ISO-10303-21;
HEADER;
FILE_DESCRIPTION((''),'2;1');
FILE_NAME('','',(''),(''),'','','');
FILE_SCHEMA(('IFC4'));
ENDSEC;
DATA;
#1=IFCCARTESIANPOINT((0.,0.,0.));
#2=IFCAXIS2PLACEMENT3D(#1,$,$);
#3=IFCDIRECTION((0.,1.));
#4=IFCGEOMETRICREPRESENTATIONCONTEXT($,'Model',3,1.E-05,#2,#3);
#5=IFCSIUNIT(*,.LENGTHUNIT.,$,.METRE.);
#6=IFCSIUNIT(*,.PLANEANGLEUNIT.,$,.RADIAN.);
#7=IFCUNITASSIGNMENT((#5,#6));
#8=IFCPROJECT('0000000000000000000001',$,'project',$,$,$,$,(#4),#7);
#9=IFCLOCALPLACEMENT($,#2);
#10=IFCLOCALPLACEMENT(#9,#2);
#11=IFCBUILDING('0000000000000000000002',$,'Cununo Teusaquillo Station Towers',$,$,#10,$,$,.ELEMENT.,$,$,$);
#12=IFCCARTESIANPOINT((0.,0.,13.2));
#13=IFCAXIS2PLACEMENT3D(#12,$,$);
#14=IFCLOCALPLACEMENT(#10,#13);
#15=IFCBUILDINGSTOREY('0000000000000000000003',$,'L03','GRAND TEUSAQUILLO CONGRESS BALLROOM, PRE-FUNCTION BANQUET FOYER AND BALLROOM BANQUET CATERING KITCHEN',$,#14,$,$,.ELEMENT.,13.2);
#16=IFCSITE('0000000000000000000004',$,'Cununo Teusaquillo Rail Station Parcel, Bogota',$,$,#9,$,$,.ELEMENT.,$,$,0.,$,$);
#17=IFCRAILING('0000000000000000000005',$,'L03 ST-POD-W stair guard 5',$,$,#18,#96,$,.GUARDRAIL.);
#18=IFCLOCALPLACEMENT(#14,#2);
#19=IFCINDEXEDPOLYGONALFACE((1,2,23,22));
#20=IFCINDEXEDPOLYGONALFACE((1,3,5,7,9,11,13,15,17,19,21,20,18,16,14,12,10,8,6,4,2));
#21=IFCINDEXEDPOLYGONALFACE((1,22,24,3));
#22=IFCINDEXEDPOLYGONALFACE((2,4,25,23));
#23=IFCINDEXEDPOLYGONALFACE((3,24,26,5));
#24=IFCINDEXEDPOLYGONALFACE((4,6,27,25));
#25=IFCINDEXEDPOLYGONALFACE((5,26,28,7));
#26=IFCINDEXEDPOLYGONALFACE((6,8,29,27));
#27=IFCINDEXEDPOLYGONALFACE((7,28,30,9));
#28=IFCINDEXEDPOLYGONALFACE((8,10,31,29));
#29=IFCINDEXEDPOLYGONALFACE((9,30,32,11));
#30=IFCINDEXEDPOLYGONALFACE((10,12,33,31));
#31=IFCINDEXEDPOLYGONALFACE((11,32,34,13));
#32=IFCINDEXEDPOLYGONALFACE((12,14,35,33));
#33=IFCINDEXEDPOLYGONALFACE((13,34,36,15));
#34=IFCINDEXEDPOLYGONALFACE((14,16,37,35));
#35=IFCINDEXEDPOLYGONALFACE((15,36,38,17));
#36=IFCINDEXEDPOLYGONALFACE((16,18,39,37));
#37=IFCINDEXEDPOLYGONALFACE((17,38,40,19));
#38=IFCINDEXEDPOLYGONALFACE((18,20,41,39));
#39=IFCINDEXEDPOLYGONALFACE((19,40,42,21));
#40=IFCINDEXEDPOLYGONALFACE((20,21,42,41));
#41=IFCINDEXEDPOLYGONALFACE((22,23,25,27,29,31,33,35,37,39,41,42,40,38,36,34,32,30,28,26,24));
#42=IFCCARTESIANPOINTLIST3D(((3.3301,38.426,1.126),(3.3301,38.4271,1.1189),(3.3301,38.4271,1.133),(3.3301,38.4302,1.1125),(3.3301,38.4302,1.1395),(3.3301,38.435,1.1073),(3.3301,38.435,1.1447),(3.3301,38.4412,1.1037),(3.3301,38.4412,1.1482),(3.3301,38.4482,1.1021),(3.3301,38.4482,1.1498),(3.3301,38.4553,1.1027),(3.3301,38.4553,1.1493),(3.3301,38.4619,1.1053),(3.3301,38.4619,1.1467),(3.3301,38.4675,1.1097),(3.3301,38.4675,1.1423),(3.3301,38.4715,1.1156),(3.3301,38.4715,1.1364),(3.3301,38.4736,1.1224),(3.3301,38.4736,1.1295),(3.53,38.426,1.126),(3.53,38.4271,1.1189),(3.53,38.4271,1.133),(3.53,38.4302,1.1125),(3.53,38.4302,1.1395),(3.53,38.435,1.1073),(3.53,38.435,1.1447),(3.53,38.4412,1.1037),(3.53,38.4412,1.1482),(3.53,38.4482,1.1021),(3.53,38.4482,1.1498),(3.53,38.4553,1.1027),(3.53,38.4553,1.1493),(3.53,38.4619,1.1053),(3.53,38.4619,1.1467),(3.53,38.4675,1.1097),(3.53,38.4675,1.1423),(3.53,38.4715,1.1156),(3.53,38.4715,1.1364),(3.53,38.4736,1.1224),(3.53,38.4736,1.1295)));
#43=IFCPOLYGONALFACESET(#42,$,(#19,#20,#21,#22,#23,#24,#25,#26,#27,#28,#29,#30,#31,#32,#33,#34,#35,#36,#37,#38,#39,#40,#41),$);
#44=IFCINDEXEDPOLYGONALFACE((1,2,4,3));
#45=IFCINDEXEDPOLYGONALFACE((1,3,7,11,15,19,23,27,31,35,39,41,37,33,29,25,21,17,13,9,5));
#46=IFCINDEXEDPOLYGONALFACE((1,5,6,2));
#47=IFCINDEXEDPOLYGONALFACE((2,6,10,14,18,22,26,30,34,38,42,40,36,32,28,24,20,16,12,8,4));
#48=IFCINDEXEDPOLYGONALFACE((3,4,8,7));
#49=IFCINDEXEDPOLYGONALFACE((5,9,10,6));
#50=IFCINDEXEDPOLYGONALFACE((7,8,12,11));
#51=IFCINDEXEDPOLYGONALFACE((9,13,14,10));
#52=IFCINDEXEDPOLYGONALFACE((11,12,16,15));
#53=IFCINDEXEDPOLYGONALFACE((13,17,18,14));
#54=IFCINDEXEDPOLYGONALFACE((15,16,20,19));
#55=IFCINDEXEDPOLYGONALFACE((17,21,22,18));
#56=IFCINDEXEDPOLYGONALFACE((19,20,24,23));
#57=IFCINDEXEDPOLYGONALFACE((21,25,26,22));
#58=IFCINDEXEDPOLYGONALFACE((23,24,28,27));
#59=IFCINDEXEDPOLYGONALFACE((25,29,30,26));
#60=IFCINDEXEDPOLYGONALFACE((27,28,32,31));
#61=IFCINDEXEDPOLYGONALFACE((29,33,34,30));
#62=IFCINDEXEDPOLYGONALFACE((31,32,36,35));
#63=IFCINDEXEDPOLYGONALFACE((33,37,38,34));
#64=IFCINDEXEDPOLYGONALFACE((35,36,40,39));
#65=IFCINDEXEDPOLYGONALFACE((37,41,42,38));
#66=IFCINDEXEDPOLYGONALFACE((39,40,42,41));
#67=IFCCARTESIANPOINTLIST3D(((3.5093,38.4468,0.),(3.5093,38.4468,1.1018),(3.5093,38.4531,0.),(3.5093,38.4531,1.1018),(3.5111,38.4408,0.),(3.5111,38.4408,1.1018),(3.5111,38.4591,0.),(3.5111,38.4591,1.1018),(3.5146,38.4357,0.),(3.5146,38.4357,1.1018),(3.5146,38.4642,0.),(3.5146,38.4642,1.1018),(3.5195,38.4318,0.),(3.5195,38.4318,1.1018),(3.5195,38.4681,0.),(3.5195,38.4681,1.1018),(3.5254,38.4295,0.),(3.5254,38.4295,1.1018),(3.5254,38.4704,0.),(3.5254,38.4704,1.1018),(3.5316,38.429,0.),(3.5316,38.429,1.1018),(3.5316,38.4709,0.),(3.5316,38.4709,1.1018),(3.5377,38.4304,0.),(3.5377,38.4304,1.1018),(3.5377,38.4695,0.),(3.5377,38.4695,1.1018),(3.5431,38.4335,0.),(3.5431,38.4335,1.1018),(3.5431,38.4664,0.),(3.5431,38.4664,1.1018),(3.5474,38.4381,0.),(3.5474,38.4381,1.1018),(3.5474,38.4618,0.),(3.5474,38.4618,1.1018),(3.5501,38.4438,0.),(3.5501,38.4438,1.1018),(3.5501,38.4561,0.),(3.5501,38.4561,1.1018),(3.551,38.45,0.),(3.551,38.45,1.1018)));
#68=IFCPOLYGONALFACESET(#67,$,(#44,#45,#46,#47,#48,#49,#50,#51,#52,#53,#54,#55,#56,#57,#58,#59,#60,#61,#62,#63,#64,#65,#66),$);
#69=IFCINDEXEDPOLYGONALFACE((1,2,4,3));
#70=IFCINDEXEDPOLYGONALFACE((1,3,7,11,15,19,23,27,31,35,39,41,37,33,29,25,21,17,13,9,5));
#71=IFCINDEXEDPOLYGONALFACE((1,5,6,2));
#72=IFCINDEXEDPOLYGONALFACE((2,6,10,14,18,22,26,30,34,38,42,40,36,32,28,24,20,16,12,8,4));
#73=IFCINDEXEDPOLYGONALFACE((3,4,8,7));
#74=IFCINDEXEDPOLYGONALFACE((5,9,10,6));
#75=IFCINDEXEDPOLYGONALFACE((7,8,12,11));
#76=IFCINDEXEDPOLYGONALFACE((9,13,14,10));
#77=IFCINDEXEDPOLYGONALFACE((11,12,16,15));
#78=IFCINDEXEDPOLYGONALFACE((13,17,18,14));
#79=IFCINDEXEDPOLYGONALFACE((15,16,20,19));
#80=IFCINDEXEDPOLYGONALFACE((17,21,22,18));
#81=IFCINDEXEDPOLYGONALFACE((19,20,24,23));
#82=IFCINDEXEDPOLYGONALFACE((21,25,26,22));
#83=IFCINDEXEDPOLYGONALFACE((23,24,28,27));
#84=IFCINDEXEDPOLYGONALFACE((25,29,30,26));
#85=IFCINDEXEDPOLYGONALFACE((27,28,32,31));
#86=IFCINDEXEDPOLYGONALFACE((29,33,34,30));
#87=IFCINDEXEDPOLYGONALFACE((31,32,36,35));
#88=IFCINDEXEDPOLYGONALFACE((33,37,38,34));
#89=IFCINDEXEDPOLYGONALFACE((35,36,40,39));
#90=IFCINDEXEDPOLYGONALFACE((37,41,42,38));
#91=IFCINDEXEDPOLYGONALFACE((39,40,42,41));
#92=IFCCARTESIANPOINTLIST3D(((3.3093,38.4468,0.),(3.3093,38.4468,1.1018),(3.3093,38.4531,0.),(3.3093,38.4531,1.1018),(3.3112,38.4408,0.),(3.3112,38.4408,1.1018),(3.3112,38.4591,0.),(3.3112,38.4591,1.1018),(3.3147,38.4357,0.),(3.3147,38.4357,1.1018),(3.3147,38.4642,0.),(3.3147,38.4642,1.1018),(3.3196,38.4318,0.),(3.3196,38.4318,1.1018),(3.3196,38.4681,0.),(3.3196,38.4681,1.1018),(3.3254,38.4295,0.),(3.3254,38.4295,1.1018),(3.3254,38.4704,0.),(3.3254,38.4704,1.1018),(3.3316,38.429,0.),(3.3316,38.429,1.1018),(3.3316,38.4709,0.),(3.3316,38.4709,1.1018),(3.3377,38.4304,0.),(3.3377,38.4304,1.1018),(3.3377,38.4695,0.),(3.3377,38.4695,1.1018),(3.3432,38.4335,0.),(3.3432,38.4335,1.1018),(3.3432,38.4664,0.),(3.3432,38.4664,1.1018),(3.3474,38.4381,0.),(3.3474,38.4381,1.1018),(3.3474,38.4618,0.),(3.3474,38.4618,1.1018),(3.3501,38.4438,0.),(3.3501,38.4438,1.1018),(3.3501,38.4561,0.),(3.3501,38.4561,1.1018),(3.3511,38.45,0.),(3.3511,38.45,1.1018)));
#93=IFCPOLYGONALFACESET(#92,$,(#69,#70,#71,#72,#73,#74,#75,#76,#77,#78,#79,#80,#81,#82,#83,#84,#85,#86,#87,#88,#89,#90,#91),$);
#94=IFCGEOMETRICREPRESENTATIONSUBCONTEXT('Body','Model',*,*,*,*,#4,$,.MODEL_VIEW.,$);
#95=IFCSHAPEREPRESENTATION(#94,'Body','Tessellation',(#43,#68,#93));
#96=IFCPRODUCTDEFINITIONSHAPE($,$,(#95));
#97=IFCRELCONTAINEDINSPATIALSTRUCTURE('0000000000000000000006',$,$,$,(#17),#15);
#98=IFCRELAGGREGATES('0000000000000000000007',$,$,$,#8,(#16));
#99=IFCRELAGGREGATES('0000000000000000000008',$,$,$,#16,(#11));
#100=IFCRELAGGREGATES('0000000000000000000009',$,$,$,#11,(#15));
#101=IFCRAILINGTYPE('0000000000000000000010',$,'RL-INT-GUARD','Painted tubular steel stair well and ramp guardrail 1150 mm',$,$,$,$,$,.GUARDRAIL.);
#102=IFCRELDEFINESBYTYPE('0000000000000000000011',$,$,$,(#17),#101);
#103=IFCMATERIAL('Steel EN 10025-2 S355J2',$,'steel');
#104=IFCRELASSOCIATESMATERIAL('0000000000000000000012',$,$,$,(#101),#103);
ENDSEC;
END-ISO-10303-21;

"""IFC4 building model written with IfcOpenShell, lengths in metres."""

from ifc_helpers import new_model, si_unit, direction, frame, origin, origin_2d, place, context, subcontext, project, spatial, circle, extrude, material, type_object, element, save


model = new_model("IFC4")

# Units and contexts
model_context = context("Model", 3, precision=1e-05, world=origin(), true_north=direction((0.0, 1.0)))
body_context = subcontext(model_context, "Body", "Model", "MODEL_VIEW")
ifc_project = project(units=[si_unit("LENGTHUNIT", "METRE"), si_unit("PLANEANGLEUNIT", "RADIAN")], contexts=[model_context])

# Site, building, storey
site_placement = place(None, origin())
site = spatial("IfcSite", under=ifc_project, at=site_placement, Name="Cununo Teusaquillo Rail Station Parcel, Bogota", CompositionType="ELEMENT", RefElevation=0.0)
building_placement = place(site_placement, origin())
building = spatial("IfcBuilding", under=site, at=building_placement, Name="Cununo Teusaquillo Station Towers", CompositionType="ELEMENT")
storey_placement = place(building_placement, frame((0.0, 0.0, 13.2)))
storey = spatial("IfcBuildingStorey", under=building, at=storey_placement, Name="L03", Description="GRAND TEUSAQUILLO CONGRESS BALLROOM, PRE-FUNCTION BANQUET FOYER AND BALLROOM BANQUET CATERING KITCHEN", CompositionType="ELEMENT", Elevation=13.2)

# Railing
ifc_material_1 = material(Name="Steel EN 10025-2 S355J2", Category="steel")
railing_type_1 = type_object("IfcRailingType", Name="RL-INT-GUARD", Description="Painted tubular steel stair well and ramp guardrail 1150 mm", PredefinedType="GUARDRAIL", material=ifc_material_1)
railing_1_placement = place(storey_placement, frame((3.53, 38.45, 0.0)))
element("IfcRailing", 1, at=railing_1_placement, inside=storey, type_object=railing_type_1, Name="L03 ST-POD-W stair guard 5", PredefinedType="GUARDRAIL", context=body_context, shape_type="SweptSolid", body=[
    extrude(circle(Radius=0.0239, at=origin_2d()), frame((0.0, 0.0, 1.126), z_axis=(-1.0, 0.0, 0.0), x_axis=(0.0, -1.0, 0.0)), (0.0, 0.0, 1.0), 0.2),
    extrude(circle(Radius=0.021, at=origin_2d()), origin(), (0.0, 0.0, 1.0), 1.1018),
    extrude(circle(Radius=0.021, at=origin_2d()), frame((-0.2, 0.0, 0.0)), (0.0, 0.0, 1.0), 1.1018),
])

save(model, "model.ifc")
